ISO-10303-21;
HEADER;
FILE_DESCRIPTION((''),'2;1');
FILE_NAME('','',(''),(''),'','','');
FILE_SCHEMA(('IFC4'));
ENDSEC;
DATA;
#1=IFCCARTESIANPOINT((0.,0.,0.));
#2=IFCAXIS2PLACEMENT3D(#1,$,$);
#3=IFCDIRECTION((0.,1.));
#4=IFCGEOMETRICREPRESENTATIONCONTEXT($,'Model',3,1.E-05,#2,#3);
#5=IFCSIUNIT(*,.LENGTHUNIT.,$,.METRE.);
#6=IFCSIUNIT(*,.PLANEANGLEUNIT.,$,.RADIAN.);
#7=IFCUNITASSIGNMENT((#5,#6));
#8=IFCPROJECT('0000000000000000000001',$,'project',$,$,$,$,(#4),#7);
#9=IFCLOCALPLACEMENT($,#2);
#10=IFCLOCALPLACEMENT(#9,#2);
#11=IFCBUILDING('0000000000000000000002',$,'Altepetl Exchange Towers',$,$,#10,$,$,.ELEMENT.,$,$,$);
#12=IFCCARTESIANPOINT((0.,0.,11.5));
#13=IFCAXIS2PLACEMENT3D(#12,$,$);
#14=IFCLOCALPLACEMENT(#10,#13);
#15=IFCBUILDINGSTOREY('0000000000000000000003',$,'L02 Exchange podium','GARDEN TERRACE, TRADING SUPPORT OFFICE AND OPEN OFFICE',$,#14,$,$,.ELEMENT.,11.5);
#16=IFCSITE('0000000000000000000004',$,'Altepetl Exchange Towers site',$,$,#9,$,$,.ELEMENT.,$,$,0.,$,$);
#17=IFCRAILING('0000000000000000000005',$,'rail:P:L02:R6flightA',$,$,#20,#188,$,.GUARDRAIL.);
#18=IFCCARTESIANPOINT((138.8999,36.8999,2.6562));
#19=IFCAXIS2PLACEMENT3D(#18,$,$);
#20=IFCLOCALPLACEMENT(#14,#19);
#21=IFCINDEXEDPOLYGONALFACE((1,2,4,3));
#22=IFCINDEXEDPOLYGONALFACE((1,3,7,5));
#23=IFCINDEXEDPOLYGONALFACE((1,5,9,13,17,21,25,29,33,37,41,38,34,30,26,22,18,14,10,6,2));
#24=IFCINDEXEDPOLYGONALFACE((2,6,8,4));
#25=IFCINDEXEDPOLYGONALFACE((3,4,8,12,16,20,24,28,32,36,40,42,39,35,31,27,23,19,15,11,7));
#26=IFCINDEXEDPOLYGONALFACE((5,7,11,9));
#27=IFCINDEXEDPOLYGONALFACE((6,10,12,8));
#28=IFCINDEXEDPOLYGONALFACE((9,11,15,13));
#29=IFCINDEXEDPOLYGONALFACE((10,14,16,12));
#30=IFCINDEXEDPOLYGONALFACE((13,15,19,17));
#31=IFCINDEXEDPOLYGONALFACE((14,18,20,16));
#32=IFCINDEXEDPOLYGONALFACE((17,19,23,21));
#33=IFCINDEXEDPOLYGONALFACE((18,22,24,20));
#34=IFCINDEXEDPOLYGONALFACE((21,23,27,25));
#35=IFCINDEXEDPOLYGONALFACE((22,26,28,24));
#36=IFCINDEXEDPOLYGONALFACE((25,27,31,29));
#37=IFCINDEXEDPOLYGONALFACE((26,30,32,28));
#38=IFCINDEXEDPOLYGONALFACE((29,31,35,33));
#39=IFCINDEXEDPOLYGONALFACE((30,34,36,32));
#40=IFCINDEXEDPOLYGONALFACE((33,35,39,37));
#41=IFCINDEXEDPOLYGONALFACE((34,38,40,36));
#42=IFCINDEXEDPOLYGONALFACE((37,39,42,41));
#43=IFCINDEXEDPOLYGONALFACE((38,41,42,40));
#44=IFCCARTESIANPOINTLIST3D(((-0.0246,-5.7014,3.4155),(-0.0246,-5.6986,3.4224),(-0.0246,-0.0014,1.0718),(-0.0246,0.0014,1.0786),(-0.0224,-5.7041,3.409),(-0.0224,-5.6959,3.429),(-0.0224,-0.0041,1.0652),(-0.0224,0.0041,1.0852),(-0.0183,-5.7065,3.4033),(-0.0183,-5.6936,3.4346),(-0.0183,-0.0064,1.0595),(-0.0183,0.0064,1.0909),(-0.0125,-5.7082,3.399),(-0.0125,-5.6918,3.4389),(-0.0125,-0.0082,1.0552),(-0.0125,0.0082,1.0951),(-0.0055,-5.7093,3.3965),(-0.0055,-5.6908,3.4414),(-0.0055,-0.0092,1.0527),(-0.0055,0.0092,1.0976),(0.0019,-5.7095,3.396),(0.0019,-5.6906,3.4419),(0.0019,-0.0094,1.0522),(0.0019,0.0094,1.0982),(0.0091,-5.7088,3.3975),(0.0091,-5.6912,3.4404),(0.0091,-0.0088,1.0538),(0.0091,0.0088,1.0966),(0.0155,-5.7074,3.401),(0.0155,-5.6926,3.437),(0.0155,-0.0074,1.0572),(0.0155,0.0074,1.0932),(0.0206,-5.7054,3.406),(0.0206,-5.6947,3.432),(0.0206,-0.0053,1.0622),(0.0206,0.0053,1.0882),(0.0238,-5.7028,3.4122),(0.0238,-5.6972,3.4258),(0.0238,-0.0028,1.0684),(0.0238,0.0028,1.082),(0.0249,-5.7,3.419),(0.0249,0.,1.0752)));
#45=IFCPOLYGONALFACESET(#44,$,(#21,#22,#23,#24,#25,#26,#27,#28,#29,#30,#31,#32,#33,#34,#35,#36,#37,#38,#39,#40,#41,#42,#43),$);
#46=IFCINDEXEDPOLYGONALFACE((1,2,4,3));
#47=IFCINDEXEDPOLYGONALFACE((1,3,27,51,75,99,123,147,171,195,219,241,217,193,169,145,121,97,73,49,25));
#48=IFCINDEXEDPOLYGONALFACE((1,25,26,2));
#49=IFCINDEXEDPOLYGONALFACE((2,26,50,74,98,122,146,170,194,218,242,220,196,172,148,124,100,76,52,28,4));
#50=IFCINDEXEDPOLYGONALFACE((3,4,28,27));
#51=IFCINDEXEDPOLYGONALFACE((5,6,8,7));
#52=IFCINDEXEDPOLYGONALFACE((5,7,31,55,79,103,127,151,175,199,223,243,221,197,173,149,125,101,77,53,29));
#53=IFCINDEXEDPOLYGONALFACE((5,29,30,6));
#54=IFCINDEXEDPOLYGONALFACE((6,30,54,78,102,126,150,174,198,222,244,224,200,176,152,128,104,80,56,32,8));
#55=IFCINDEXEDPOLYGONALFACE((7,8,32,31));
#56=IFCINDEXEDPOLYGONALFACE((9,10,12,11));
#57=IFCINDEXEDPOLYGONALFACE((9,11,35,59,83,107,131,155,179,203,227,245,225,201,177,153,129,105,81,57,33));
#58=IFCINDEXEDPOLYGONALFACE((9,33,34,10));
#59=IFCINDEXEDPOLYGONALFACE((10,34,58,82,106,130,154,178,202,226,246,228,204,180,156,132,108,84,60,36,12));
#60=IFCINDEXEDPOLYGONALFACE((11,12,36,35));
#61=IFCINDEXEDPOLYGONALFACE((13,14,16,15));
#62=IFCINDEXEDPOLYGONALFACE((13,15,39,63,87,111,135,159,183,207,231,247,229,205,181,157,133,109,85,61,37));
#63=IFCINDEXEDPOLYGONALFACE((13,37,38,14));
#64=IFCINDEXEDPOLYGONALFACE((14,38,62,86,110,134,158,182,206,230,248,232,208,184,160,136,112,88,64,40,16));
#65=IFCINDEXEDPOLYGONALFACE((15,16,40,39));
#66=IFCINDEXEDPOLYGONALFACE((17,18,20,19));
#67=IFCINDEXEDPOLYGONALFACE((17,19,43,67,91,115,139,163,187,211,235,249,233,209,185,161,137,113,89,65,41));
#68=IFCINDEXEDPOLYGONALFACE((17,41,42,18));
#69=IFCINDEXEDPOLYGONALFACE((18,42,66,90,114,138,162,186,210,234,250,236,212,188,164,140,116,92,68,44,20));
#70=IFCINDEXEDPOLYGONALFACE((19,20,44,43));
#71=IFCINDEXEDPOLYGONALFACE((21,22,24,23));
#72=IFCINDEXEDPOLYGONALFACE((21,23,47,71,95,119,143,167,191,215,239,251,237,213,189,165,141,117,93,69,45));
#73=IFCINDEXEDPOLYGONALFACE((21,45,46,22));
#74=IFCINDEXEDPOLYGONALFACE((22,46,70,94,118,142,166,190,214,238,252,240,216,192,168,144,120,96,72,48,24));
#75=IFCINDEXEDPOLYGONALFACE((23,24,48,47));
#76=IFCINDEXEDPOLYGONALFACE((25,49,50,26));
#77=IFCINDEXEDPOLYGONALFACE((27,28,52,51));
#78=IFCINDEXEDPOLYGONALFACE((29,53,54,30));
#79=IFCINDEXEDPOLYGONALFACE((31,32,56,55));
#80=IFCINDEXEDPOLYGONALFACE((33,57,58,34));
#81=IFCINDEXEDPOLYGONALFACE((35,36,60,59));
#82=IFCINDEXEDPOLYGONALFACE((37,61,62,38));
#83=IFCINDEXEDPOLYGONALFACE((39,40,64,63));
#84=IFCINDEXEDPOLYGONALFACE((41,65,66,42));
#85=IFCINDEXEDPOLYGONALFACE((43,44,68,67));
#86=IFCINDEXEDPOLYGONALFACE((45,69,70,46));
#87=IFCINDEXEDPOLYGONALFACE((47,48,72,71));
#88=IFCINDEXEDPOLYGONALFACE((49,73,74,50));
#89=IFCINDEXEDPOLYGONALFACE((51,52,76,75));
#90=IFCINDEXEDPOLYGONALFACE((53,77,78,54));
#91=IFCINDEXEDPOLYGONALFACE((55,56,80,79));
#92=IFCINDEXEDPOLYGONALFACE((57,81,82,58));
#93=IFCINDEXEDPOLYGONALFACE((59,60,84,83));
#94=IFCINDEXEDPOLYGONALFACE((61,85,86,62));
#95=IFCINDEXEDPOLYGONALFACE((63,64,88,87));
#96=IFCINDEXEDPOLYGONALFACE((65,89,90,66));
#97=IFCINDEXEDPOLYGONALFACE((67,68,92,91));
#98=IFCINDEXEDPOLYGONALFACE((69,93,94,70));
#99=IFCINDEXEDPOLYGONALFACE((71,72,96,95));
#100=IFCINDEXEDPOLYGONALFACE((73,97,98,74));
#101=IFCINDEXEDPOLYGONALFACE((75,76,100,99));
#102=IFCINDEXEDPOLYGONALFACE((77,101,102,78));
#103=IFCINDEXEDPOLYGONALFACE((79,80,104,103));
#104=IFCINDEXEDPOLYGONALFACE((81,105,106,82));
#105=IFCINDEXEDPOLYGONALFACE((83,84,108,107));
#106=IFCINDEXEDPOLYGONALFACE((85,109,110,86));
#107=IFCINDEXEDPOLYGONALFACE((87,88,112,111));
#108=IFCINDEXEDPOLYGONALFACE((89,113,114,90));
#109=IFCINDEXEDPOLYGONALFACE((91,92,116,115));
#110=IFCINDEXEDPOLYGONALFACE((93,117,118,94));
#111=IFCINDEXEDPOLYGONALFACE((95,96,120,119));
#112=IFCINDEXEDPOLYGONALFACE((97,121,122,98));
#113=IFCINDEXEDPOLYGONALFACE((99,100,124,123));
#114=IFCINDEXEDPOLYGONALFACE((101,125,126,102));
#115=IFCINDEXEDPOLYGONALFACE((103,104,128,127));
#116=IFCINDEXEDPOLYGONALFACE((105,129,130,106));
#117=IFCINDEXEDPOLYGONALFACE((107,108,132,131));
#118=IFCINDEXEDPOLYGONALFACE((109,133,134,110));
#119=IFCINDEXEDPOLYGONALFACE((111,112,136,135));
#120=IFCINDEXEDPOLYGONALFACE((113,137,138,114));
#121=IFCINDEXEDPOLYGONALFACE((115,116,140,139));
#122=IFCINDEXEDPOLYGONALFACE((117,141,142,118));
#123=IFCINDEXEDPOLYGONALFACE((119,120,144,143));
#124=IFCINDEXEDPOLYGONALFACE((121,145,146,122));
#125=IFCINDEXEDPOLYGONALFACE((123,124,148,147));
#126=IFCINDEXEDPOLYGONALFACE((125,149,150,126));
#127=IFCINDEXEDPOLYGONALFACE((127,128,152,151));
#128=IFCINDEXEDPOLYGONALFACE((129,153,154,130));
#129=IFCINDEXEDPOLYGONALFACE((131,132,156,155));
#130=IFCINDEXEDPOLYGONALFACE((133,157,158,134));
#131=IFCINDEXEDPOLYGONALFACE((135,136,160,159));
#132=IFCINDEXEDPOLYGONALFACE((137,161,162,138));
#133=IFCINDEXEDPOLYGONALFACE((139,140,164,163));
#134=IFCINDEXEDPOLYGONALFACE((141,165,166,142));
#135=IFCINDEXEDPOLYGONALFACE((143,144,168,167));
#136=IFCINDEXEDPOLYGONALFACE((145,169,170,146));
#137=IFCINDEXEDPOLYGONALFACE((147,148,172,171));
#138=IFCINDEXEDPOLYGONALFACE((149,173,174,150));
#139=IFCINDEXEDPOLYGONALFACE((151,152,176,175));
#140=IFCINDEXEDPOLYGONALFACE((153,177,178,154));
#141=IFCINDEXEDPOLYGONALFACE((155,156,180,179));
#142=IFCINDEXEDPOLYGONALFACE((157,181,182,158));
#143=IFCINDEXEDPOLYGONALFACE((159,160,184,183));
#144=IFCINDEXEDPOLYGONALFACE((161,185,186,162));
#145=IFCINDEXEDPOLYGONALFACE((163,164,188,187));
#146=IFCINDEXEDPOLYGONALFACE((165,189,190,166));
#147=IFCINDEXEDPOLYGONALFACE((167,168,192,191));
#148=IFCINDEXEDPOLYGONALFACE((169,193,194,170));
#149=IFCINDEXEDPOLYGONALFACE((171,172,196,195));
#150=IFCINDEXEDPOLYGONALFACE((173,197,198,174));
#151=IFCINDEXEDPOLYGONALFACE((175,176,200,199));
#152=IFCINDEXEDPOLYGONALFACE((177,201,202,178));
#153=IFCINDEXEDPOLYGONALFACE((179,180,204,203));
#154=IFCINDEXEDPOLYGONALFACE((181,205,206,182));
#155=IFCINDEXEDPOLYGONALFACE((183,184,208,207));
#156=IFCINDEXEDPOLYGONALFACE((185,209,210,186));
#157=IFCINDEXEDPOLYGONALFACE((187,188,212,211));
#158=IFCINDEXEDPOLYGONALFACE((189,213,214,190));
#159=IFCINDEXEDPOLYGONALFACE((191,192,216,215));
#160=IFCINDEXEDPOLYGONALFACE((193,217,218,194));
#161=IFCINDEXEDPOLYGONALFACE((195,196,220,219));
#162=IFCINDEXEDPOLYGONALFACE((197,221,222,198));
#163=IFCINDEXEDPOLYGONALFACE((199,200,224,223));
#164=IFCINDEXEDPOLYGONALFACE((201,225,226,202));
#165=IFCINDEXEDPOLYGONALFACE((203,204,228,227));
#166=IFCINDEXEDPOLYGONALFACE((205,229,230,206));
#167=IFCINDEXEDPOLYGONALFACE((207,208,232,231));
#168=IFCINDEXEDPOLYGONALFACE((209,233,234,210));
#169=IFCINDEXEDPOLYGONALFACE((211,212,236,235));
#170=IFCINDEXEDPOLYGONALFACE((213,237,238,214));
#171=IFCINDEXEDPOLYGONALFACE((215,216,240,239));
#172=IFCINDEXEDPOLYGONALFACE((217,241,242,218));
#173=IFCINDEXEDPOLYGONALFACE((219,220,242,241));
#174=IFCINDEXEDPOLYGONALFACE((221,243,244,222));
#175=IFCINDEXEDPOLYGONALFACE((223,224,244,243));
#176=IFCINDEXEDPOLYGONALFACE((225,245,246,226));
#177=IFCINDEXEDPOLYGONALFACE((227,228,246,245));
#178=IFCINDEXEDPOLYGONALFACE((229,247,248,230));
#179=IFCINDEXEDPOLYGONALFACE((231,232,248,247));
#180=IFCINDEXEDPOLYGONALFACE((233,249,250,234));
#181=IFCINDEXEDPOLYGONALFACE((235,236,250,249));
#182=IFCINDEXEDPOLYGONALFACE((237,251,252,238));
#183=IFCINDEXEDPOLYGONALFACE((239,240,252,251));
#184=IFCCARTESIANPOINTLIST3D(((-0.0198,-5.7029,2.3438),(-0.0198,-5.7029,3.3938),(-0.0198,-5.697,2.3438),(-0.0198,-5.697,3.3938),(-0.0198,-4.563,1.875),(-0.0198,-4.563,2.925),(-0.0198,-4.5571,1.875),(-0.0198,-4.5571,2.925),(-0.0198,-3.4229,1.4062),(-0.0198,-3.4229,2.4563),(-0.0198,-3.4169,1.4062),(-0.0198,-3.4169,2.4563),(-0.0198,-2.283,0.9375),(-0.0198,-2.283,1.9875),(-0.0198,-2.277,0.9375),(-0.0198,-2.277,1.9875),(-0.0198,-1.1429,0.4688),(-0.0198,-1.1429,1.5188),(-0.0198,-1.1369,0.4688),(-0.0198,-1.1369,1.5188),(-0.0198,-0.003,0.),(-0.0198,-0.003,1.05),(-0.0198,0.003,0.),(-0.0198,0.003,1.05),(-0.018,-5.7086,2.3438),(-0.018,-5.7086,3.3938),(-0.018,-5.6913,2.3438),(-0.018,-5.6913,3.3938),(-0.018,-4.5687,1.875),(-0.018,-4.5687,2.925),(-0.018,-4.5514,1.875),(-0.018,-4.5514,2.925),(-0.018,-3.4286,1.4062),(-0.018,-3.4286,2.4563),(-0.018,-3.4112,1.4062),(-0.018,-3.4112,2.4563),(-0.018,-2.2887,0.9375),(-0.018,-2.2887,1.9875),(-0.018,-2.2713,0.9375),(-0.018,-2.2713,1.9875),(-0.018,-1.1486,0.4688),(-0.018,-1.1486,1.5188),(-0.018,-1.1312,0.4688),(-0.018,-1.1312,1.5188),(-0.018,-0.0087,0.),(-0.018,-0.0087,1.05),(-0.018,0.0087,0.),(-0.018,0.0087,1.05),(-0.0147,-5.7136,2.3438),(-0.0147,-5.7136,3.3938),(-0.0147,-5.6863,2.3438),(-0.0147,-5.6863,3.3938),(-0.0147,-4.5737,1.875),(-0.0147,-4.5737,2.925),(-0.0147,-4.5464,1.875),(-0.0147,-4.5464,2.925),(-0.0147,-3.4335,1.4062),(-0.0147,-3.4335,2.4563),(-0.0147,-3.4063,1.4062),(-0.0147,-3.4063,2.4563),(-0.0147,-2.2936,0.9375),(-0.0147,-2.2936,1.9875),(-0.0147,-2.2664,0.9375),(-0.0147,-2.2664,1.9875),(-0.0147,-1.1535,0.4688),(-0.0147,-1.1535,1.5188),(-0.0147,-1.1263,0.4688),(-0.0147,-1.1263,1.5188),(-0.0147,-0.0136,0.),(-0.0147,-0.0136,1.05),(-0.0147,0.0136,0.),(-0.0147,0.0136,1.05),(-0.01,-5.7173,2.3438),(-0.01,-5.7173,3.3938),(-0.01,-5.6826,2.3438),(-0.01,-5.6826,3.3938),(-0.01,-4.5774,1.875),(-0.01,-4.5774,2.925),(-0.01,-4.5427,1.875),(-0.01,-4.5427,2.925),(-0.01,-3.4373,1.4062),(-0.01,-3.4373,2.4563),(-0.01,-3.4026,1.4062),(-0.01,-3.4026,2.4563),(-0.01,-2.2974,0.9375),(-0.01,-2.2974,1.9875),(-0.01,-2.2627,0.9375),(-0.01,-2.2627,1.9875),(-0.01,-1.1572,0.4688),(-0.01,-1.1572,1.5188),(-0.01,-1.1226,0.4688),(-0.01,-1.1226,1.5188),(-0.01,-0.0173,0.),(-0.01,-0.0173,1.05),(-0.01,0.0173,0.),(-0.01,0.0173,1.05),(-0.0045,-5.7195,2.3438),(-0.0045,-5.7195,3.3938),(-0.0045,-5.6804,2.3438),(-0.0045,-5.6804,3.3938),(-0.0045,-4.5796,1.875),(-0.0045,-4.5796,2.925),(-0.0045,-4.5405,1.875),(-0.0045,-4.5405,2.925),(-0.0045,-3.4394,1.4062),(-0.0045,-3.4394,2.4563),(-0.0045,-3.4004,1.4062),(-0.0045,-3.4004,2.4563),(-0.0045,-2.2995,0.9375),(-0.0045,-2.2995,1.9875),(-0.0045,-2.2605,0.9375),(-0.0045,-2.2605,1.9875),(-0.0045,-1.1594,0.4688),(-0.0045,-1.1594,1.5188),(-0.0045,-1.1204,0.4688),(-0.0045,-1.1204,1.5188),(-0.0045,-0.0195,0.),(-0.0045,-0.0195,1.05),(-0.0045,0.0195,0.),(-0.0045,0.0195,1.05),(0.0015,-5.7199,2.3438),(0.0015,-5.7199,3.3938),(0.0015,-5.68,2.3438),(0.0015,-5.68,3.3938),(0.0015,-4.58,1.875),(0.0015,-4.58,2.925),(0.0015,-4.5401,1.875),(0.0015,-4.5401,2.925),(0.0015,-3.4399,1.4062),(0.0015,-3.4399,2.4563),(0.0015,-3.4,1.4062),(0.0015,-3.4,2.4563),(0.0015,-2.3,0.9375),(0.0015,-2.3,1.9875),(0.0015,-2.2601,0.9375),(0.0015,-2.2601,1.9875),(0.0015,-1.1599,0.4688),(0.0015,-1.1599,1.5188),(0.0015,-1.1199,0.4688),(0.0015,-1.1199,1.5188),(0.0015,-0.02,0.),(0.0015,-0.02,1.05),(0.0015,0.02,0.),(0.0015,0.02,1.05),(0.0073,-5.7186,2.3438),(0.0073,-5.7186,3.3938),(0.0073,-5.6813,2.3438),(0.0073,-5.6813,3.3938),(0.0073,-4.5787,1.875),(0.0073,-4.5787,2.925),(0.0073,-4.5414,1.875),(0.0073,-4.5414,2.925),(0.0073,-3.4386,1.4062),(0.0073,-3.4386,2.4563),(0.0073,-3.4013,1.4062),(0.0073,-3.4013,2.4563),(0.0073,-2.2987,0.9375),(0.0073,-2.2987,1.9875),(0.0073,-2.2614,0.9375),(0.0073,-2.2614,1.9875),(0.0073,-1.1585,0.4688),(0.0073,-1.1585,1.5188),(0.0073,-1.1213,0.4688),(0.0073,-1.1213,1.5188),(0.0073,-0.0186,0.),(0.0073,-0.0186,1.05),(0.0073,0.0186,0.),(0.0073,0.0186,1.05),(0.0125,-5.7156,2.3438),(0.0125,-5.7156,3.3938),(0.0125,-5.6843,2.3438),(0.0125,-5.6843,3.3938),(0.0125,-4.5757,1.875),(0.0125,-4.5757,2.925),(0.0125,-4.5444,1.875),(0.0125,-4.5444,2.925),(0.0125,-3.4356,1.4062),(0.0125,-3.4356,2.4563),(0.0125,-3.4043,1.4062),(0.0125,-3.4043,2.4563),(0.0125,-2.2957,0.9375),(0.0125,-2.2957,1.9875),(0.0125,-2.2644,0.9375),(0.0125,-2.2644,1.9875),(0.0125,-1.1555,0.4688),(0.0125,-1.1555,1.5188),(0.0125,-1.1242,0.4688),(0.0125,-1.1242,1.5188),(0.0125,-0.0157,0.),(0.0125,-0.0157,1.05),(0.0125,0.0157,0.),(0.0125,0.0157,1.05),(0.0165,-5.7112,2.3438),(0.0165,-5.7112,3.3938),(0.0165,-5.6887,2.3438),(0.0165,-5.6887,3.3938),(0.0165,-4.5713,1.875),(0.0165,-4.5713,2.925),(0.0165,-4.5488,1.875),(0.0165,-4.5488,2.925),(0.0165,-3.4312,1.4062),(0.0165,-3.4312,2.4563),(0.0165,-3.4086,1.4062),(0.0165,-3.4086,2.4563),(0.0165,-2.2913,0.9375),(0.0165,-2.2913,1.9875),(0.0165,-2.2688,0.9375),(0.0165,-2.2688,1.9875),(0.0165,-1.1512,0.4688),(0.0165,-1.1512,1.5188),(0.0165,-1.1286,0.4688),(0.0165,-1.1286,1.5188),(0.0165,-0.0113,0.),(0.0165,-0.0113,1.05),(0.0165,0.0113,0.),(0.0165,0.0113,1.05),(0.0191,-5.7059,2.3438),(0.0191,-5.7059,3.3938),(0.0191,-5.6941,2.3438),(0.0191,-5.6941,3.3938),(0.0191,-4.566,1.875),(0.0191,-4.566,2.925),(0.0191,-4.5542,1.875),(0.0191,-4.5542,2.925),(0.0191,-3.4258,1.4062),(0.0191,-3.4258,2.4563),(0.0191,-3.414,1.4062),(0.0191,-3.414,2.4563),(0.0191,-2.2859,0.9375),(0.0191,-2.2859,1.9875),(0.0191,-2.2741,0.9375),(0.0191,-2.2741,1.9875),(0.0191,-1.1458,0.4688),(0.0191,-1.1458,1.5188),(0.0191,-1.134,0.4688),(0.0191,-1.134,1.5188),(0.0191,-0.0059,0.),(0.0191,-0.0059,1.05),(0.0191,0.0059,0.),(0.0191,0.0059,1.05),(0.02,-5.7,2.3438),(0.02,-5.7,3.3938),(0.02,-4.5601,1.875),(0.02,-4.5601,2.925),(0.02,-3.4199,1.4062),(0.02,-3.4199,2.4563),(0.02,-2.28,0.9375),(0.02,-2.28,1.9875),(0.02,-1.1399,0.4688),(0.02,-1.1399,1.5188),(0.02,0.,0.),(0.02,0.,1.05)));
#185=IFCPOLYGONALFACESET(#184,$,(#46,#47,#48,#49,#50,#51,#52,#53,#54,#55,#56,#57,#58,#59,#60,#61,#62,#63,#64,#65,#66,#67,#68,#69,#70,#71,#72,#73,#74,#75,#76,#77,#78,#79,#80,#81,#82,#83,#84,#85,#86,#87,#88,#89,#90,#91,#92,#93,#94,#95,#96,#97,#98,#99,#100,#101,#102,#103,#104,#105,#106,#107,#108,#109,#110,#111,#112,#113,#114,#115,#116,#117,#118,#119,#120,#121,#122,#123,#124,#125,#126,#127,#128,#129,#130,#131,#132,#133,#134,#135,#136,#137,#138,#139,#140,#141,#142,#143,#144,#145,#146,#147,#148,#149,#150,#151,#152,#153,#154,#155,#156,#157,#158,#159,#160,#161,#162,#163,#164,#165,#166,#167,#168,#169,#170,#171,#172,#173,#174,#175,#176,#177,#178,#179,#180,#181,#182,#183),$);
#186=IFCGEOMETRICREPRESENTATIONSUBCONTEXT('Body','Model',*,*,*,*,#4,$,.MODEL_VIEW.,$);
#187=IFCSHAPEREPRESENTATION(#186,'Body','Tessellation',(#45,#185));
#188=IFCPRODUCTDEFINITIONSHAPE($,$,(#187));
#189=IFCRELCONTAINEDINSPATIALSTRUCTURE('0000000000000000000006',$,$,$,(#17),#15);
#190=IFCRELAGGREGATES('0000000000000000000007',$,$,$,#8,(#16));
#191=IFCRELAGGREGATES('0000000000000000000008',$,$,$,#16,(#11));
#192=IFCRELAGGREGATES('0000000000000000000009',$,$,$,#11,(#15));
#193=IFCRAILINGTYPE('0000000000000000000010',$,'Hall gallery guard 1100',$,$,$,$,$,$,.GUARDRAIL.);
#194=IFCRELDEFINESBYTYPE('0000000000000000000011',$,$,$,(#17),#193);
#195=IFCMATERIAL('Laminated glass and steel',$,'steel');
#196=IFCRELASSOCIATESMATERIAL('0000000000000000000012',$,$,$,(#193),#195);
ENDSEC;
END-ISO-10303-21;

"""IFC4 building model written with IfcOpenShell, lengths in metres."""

from ifc_helpers import new_model, si_unit, direction, frame, origin, origin_2d, place, context, subcontext, project, spatial, circle, extrude, source, transform, mapped, material, type_object, element, save


model = new_model("IFC4")

# Units and contexts
model_context = context("Model", 3, precision=1e-05, world=origin(), true_north=direction((0.0, 1.0)))
body_context = subcontext(model_context, "Body", "Model", "MODEL_VIEW")
ifc_project = project(units=[si_unit("LENGTHUNIT", "METRE"), si_unit("PLANEANGLEUNIT", "RADIAN")], contexts=[model_context])

# Site, building, storey
site_placement = place(None, origin())
site = spatial("IfcSite", under=ifc_project, at=site_placement, Name="Altepetl Exchange Towers site", CompositionType="ELEMENT", RefElevation=0.0)
building_placement = place(site_placement, origin())
building = spatial("IfcBuilding", under=site, at=building_placement, Name="Altepetl Exchange Towers", CompositionType="ELEMENT")
storey_placement = place(building_placement, frame((0.0, 0.0, 11.5)))
storey = spatial("IfcBuildingStorey", under=building, at=storey_placement, Name="L02 Exchange podium", Description="GARDEN TERRACE, TRADING SUPPORT OFFICE AND OPEN OFFICE", CompositionType="ELEMENT", Elevation=11.5)

# Railing
ifc_material_1 = material(Name="Laminated glass and steel", Category="steel")
railing_type_1 = type_object("IfcRailingType", Name="Hall gallery guard 1100", PredefinedType="GUARDRAIL", material=ifc_material_1)
shared_shape_1 = source(origin(), body_context, "Body", "SweptSolid", [
    extrude(circle(Radius=0.02, at=origin_2d()), origin(), (0.0, 0.0, 1.0), 1.05),
])
railing_1_placement = place(storey_placement, frame((138.8999, 36.8999, 2.6562)))
element("IfcRailing", 1, at=railing_1_placement, inside=storey, type_object=railing_type_1, Name="rail:P:L02:R6flightA", PredefinedType="GUARDRAIL", context=body_context, shape_type="SweptSolid", body=[
    extrude(circle(Radius=0.0249, at=origin_2d()), frame((0.0, 0.0, 1.0752), z_axis=(0.0, -0.924866, 0.380293), x_axis=(1.0, 0.0, 0.0)), (0.0, 0.0, 1.0), 6.1631),
    mapped(shared_shape_1, transform((0.0, 0.0, 0.0))),
    mapped(shared_shape_1, transform((0.0, -1.1399, 0.4688))),
    mapped(shared_shape_1, transform((0.0, -2.28, 0.9375))),
    mapped(shared_shape_1, transform((0.0, -3.4199, 1.4062))),
    mapped(shared_shape_1, transform((0.0, -4.5601, 1.875))),
    mapped(shared_shape_1, transform((0.0, -5.7, 2.3438))),
])

save(model, "model.ifc")
